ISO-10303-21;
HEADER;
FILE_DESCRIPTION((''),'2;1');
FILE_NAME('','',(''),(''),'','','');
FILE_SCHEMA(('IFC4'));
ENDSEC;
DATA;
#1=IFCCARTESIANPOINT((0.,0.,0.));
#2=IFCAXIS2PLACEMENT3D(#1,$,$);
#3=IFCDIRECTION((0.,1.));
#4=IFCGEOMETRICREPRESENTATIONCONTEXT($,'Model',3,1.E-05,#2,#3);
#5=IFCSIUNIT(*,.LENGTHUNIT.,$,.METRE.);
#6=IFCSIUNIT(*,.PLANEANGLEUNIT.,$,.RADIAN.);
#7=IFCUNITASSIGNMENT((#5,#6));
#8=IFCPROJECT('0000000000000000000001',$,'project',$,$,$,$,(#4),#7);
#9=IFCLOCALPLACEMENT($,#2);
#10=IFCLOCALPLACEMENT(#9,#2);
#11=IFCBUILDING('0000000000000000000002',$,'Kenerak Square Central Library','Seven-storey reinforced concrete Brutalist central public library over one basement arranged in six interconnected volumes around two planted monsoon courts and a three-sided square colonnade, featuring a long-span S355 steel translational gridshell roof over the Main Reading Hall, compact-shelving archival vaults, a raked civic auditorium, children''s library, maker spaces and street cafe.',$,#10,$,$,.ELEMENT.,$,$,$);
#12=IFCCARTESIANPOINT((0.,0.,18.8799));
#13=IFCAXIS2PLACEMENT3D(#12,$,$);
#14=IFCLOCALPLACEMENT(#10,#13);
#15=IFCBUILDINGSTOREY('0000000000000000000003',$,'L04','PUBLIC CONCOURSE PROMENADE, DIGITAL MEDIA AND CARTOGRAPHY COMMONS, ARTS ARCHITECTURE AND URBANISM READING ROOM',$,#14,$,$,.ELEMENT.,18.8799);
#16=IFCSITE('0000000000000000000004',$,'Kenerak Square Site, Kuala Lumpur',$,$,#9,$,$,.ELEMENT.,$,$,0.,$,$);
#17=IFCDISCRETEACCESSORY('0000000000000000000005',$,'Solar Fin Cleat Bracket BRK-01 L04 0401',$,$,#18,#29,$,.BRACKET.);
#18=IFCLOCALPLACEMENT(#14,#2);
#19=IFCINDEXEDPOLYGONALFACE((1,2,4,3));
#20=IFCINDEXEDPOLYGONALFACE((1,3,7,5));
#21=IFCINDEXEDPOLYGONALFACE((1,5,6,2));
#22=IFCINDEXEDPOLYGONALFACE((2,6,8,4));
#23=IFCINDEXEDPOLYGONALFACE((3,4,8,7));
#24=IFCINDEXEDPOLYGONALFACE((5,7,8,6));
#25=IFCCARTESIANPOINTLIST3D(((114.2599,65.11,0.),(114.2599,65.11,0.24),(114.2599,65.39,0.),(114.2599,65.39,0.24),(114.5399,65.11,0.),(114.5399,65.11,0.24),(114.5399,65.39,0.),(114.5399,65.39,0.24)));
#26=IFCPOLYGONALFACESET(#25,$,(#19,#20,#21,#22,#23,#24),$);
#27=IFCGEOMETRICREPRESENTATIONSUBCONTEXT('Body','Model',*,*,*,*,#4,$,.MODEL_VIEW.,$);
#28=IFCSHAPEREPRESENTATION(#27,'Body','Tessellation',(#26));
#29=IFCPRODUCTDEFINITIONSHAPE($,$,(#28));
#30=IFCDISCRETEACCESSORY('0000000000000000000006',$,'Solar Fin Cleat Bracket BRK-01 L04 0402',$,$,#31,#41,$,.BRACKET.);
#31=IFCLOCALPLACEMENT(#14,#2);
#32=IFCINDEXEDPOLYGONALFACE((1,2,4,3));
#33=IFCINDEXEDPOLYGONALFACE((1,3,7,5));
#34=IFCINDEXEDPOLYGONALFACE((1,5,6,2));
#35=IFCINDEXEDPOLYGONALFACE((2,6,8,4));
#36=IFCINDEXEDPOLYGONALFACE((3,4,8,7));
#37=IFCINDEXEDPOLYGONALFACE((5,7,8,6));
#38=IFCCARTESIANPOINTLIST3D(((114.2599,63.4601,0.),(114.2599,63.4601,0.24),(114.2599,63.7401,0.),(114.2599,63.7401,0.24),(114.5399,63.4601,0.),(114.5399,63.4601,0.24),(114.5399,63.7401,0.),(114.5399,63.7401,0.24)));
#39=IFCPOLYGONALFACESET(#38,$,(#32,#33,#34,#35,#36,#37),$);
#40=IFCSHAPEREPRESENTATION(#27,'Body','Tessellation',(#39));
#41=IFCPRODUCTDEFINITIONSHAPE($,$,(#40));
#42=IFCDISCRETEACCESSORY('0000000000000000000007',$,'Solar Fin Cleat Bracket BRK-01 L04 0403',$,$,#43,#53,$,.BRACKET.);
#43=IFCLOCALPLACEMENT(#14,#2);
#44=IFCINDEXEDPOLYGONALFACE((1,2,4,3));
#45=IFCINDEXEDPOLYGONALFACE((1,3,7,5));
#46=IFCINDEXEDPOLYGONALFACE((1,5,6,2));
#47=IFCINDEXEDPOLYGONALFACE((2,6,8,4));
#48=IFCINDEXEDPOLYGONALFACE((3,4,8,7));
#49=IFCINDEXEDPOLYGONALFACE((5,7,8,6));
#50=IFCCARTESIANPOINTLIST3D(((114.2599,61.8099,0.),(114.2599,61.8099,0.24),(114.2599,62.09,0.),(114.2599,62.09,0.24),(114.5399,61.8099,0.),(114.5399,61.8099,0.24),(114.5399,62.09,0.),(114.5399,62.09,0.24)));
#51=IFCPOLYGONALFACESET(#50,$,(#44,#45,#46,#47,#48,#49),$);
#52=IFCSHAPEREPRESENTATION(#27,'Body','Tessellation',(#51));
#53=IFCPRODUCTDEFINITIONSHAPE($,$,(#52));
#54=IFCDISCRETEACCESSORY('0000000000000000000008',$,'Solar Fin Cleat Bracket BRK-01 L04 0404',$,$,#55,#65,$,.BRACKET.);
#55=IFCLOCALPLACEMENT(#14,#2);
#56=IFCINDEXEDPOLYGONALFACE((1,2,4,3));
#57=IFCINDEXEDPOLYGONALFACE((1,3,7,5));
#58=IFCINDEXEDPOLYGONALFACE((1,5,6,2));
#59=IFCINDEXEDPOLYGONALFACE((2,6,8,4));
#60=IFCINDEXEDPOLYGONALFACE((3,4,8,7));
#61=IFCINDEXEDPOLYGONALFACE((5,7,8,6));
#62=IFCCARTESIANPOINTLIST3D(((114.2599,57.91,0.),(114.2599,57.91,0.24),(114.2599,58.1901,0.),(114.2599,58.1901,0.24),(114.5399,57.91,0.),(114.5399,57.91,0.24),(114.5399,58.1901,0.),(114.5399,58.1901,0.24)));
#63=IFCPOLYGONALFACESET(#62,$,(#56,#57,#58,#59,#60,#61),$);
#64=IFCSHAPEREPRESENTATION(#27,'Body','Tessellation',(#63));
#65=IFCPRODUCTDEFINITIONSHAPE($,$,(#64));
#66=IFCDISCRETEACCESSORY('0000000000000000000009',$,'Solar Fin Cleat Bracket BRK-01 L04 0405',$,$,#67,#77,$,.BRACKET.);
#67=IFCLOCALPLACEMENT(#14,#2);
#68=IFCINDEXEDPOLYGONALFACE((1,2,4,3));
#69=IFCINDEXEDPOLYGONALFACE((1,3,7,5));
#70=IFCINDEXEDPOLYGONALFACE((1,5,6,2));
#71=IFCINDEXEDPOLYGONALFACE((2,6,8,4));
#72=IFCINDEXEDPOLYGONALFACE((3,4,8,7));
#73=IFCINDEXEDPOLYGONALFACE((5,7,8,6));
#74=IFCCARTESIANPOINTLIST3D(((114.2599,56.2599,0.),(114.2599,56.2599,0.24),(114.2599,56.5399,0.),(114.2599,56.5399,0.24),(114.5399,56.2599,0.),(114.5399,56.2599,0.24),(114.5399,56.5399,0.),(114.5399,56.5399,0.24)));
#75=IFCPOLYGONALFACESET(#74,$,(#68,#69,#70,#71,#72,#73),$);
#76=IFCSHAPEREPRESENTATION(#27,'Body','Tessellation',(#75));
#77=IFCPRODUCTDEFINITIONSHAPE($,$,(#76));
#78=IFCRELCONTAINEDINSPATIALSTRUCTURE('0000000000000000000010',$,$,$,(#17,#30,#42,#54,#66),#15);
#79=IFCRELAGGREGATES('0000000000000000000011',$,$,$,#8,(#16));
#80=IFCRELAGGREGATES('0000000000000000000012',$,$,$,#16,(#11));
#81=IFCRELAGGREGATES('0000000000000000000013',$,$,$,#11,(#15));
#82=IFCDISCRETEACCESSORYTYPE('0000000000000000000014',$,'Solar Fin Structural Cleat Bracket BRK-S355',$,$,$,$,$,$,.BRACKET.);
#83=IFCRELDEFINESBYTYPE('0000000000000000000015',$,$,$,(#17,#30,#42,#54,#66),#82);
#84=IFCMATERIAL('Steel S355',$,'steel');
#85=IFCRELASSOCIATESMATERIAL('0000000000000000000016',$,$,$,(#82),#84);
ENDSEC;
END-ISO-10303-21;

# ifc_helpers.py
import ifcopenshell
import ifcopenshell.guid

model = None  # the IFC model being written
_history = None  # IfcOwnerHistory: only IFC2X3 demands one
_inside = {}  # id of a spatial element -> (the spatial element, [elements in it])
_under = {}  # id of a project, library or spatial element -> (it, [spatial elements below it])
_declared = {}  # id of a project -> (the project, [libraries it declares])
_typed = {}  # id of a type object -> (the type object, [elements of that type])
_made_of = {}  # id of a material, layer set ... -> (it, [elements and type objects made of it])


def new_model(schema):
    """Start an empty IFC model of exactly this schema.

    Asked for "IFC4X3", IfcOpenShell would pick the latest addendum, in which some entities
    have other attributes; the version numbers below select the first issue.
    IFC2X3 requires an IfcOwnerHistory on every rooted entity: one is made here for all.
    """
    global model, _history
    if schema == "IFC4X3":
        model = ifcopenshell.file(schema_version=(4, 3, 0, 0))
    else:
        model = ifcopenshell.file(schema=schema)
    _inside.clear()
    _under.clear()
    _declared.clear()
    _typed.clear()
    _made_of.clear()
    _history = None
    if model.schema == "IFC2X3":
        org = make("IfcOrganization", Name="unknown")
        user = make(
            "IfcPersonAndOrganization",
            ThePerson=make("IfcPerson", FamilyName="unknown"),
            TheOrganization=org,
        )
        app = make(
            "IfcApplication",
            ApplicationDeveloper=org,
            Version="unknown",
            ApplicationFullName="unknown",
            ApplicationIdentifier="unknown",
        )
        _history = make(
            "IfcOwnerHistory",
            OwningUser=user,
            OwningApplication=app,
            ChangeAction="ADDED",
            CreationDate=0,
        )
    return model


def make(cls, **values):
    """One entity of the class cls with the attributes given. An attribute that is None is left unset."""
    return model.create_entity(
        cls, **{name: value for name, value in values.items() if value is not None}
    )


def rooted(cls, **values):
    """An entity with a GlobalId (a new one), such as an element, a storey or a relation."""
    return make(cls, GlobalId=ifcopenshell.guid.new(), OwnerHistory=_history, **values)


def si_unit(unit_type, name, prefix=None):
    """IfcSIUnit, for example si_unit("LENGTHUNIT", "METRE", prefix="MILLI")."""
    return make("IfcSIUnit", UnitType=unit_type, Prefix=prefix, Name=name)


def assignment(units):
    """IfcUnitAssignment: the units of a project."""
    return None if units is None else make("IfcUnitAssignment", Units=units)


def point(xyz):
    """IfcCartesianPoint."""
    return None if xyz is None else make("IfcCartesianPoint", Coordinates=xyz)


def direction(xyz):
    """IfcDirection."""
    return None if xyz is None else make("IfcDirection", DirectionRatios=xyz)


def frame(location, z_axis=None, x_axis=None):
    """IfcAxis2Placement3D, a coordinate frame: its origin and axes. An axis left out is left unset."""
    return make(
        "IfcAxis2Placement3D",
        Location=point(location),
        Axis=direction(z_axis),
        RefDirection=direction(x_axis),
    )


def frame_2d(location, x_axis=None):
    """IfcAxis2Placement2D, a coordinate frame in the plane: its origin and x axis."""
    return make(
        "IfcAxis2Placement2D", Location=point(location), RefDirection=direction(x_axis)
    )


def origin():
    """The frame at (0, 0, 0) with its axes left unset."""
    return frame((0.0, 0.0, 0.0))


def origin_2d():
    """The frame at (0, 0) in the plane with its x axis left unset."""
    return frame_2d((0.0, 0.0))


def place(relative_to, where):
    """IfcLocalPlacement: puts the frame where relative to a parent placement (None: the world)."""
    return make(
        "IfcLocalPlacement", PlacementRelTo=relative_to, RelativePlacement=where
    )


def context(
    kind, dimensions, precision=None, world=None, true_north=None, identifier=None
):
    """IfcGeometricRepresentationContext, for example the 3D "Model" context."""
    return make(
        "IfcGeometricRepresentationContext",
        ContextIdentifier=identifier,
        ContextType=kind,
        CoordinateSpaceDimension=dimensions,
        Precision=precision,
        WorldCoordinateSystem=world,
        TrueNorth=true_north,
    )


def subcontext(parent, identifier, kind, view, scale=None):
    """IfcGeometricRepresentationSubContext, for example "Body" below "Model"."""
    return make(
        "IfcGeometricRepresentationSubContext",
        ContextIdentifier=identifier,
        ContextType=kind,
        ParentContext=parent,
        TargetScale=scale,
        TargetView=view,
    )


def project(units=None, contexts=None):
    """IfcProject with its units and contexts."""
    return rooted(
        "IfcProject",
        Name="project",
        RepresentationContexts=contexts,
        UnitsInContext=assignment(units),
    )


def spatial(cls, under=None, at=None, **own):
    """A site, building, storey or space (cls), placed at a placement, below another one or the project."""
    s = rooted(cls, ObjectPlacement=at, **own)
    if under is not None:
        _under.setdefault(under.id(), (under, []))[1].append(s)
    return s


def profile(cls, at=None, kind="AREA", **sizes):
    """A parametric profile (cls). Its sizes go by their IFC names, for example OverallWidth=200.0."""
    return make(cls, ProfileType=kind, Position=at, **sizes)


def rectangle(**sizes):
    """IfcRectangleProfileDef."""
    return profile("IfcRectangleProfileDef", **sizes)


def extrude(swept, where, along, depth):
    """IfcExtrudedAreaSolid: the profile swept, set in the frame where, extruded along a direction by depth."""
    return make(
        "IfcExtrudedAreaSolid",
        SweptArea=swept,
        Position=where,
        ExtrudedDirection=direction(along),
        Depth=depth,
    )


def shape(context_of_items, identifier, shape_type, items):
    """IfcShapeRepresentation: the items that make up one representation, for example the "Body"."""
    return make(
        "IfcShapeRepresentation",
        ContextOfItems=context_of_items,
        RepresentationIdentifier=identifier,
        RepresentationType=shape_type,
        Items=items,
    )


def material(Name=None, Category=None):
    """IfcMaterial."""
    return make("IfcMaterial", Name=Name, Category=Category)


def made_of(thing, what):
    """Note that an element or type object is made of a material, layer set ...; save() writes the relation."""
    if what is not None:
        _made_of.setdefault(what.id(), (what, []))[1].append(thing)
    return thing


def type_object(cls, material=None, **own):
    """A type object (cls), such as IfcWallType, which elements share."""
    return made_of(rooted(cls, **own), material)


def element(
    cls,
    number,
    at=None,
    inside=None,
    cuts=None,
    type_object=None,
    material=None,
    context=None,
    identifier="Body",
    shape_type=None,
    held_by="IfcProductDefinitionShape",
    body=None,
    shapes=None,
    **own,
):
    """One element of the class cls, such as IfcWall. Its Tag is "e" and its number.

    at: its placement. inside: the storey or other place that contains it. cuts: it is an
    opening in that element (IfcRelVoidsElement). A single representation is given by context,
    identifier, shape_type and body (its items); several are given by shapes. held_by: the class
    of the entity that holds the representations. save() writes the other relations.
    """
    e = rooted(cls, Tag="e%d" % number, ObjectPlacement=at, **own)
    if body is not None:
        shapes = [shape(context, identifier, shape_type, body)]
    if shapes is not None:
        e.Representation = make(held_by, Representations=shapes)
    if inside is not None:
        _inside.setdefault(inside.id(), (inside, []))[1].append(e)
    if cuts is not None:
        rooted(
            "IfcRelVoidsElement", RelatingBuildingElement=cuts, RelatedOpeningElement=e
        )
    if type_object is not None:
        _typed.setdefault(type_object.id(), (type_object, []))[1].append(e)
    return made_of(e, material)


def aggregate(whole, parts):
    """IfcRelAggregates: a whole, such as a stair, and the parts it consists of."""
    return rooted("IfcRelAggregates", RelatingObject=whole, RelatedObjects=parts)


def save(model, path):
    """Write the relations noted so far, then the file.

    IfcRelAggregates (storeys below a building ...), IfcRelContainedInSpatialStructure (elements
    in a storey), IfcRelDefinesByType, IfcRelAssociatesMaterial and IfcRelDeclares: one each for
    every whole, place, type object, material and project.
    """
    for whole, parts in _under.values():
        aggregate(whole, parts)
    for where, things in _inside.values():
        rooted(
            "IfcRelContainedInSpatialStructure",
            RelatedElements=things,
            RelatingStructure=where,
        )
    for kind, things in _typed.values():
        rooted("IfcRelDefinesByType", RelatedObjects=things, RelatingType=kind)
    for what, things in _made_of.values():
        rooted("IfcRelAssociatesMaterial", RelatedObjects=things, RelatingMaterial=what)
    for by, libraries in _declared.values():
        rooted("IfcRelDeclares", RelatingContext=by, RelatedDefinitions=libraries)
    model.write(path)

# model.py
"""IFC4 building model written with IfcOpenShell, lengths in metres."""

from ifc_helpers import new_model, si_unit, direction, frame, origin, origin_2d, place, context, subcontext, project, spatial, rectangle, extrude, material, type_object, element, save


model = new_model("IFC4")

# Units and contexts
model_context = context("Model", 3, precision=1e-05, world=origin(), true_north=direction((0.0, 1.0)))
body_context = subcontext(model_context, "Body", "Model", "MODEL_VIEW")
ifc_project = project(units=[si_unit("LENGTHUNIT", "METRE"), si_unit("PLANEANGLEUNIT", "RADIAN")], contexts=[model_context])

# Site, building, storey
site_placement = place(None, origin())
site = spatial("IfcSite", under=ifc_project, at=site_placement, Name="Kenerak Square Site, Kuala Lumpur", CompositionType="ELEMENT", RefElevation=0.0)
building_placement = place(site_placement, origin())
building = spatial("IfcBuilding", under=site, at=building_placement, Name="Kenerak Square Central Library", Description="Seven-storey reinforced concrete Brutalist central public library over one basement arranged in six interconnected volumes around two planted monsoon courts and a three-sided square colonnade, featuring a long-span S355 steel translational gridshell roof over the Main Reading Hall, compact-shelving archival vaults, a raked civic auditorium, children's library, maker spaces and street cafe.", CompositionType="ELEMENT")
storey_placement = place(building_placement, frame((0.0, 0.0, 18.8799)))
storey = spatial("IfcBuildingStorey", under=building, at=storey_placement, Name="L04", Description="PUBLIC CONCOURSE PROMENADE, DIGITAL MEDIA AND CARTOGRAPHY COMMONS, ARTS ARCHITECTURE AND URBANISM READING ROOM", CompositionType="ELEMENT", Elevation=18.8799)

# Discrete accessories
ifc_material_1 = material(Name="Steel S355", Category="steel")
discrete_accessory_type = type_object("IfcDiscreteAccessoryType", Name="Solar Fin Structural Cleat Bracket BRK-S355", PredefinedType="BRACKET", material=ifc_material_1)
for number, where, z_axis, x_axis, name in (
    (1, (114.3999, 65.25, 0.0), (0.0, 0.0, 1.0), (0.0, -1.0, 0.0), "Solar Fin Cleat Bracket BRK-01 L04 0401"),
    (2, (114.3999, 63.6001, 0.0), (0.0, 0.0, 1.0), (0.0, -1.0, 0.0), "Solar Fin Cleat Bracket BRK-01 L04 0402"),
    (3, (114.3999, 61.95, 0.0), (0.0, 0.0, 1.0), (0.0, -1.0, 0.0), "Solar Fin Cleat Bracket BRK-01 L04 0403"),
    (4, (114.3999, 58.05, 0.0), (0.0, 0.0, 1.0), (0.0, -1.0, 0.0), "Solar Fin Cleat Bracket BRK-01 L04 0404"),
    (5, (114.3999, 56.3999, 0.0), (0.0, 0.0, 1.0), (0.0, -1.0, 0.0), "Solar Fin Cleat Bracket BRK-01 L04 0405"),
):
    element("IfcDiscreteAccessory", number, at=place(storey_placement, frame(where, z_axis=z_axis, x_axis=x_axis)), inside=storey, type_object=discrete_accessory_type, Name=name, PredefinedType="BRACKET", context=body_context, shape_type="SweptSolid", body=[
        extrude(rectangle(XDim=0.28, YDim=0.28, at=origin_2d()), origin(), (0.0, 0.0, 1.0), 0.24),
    ])

save(model, "model.ifc")
